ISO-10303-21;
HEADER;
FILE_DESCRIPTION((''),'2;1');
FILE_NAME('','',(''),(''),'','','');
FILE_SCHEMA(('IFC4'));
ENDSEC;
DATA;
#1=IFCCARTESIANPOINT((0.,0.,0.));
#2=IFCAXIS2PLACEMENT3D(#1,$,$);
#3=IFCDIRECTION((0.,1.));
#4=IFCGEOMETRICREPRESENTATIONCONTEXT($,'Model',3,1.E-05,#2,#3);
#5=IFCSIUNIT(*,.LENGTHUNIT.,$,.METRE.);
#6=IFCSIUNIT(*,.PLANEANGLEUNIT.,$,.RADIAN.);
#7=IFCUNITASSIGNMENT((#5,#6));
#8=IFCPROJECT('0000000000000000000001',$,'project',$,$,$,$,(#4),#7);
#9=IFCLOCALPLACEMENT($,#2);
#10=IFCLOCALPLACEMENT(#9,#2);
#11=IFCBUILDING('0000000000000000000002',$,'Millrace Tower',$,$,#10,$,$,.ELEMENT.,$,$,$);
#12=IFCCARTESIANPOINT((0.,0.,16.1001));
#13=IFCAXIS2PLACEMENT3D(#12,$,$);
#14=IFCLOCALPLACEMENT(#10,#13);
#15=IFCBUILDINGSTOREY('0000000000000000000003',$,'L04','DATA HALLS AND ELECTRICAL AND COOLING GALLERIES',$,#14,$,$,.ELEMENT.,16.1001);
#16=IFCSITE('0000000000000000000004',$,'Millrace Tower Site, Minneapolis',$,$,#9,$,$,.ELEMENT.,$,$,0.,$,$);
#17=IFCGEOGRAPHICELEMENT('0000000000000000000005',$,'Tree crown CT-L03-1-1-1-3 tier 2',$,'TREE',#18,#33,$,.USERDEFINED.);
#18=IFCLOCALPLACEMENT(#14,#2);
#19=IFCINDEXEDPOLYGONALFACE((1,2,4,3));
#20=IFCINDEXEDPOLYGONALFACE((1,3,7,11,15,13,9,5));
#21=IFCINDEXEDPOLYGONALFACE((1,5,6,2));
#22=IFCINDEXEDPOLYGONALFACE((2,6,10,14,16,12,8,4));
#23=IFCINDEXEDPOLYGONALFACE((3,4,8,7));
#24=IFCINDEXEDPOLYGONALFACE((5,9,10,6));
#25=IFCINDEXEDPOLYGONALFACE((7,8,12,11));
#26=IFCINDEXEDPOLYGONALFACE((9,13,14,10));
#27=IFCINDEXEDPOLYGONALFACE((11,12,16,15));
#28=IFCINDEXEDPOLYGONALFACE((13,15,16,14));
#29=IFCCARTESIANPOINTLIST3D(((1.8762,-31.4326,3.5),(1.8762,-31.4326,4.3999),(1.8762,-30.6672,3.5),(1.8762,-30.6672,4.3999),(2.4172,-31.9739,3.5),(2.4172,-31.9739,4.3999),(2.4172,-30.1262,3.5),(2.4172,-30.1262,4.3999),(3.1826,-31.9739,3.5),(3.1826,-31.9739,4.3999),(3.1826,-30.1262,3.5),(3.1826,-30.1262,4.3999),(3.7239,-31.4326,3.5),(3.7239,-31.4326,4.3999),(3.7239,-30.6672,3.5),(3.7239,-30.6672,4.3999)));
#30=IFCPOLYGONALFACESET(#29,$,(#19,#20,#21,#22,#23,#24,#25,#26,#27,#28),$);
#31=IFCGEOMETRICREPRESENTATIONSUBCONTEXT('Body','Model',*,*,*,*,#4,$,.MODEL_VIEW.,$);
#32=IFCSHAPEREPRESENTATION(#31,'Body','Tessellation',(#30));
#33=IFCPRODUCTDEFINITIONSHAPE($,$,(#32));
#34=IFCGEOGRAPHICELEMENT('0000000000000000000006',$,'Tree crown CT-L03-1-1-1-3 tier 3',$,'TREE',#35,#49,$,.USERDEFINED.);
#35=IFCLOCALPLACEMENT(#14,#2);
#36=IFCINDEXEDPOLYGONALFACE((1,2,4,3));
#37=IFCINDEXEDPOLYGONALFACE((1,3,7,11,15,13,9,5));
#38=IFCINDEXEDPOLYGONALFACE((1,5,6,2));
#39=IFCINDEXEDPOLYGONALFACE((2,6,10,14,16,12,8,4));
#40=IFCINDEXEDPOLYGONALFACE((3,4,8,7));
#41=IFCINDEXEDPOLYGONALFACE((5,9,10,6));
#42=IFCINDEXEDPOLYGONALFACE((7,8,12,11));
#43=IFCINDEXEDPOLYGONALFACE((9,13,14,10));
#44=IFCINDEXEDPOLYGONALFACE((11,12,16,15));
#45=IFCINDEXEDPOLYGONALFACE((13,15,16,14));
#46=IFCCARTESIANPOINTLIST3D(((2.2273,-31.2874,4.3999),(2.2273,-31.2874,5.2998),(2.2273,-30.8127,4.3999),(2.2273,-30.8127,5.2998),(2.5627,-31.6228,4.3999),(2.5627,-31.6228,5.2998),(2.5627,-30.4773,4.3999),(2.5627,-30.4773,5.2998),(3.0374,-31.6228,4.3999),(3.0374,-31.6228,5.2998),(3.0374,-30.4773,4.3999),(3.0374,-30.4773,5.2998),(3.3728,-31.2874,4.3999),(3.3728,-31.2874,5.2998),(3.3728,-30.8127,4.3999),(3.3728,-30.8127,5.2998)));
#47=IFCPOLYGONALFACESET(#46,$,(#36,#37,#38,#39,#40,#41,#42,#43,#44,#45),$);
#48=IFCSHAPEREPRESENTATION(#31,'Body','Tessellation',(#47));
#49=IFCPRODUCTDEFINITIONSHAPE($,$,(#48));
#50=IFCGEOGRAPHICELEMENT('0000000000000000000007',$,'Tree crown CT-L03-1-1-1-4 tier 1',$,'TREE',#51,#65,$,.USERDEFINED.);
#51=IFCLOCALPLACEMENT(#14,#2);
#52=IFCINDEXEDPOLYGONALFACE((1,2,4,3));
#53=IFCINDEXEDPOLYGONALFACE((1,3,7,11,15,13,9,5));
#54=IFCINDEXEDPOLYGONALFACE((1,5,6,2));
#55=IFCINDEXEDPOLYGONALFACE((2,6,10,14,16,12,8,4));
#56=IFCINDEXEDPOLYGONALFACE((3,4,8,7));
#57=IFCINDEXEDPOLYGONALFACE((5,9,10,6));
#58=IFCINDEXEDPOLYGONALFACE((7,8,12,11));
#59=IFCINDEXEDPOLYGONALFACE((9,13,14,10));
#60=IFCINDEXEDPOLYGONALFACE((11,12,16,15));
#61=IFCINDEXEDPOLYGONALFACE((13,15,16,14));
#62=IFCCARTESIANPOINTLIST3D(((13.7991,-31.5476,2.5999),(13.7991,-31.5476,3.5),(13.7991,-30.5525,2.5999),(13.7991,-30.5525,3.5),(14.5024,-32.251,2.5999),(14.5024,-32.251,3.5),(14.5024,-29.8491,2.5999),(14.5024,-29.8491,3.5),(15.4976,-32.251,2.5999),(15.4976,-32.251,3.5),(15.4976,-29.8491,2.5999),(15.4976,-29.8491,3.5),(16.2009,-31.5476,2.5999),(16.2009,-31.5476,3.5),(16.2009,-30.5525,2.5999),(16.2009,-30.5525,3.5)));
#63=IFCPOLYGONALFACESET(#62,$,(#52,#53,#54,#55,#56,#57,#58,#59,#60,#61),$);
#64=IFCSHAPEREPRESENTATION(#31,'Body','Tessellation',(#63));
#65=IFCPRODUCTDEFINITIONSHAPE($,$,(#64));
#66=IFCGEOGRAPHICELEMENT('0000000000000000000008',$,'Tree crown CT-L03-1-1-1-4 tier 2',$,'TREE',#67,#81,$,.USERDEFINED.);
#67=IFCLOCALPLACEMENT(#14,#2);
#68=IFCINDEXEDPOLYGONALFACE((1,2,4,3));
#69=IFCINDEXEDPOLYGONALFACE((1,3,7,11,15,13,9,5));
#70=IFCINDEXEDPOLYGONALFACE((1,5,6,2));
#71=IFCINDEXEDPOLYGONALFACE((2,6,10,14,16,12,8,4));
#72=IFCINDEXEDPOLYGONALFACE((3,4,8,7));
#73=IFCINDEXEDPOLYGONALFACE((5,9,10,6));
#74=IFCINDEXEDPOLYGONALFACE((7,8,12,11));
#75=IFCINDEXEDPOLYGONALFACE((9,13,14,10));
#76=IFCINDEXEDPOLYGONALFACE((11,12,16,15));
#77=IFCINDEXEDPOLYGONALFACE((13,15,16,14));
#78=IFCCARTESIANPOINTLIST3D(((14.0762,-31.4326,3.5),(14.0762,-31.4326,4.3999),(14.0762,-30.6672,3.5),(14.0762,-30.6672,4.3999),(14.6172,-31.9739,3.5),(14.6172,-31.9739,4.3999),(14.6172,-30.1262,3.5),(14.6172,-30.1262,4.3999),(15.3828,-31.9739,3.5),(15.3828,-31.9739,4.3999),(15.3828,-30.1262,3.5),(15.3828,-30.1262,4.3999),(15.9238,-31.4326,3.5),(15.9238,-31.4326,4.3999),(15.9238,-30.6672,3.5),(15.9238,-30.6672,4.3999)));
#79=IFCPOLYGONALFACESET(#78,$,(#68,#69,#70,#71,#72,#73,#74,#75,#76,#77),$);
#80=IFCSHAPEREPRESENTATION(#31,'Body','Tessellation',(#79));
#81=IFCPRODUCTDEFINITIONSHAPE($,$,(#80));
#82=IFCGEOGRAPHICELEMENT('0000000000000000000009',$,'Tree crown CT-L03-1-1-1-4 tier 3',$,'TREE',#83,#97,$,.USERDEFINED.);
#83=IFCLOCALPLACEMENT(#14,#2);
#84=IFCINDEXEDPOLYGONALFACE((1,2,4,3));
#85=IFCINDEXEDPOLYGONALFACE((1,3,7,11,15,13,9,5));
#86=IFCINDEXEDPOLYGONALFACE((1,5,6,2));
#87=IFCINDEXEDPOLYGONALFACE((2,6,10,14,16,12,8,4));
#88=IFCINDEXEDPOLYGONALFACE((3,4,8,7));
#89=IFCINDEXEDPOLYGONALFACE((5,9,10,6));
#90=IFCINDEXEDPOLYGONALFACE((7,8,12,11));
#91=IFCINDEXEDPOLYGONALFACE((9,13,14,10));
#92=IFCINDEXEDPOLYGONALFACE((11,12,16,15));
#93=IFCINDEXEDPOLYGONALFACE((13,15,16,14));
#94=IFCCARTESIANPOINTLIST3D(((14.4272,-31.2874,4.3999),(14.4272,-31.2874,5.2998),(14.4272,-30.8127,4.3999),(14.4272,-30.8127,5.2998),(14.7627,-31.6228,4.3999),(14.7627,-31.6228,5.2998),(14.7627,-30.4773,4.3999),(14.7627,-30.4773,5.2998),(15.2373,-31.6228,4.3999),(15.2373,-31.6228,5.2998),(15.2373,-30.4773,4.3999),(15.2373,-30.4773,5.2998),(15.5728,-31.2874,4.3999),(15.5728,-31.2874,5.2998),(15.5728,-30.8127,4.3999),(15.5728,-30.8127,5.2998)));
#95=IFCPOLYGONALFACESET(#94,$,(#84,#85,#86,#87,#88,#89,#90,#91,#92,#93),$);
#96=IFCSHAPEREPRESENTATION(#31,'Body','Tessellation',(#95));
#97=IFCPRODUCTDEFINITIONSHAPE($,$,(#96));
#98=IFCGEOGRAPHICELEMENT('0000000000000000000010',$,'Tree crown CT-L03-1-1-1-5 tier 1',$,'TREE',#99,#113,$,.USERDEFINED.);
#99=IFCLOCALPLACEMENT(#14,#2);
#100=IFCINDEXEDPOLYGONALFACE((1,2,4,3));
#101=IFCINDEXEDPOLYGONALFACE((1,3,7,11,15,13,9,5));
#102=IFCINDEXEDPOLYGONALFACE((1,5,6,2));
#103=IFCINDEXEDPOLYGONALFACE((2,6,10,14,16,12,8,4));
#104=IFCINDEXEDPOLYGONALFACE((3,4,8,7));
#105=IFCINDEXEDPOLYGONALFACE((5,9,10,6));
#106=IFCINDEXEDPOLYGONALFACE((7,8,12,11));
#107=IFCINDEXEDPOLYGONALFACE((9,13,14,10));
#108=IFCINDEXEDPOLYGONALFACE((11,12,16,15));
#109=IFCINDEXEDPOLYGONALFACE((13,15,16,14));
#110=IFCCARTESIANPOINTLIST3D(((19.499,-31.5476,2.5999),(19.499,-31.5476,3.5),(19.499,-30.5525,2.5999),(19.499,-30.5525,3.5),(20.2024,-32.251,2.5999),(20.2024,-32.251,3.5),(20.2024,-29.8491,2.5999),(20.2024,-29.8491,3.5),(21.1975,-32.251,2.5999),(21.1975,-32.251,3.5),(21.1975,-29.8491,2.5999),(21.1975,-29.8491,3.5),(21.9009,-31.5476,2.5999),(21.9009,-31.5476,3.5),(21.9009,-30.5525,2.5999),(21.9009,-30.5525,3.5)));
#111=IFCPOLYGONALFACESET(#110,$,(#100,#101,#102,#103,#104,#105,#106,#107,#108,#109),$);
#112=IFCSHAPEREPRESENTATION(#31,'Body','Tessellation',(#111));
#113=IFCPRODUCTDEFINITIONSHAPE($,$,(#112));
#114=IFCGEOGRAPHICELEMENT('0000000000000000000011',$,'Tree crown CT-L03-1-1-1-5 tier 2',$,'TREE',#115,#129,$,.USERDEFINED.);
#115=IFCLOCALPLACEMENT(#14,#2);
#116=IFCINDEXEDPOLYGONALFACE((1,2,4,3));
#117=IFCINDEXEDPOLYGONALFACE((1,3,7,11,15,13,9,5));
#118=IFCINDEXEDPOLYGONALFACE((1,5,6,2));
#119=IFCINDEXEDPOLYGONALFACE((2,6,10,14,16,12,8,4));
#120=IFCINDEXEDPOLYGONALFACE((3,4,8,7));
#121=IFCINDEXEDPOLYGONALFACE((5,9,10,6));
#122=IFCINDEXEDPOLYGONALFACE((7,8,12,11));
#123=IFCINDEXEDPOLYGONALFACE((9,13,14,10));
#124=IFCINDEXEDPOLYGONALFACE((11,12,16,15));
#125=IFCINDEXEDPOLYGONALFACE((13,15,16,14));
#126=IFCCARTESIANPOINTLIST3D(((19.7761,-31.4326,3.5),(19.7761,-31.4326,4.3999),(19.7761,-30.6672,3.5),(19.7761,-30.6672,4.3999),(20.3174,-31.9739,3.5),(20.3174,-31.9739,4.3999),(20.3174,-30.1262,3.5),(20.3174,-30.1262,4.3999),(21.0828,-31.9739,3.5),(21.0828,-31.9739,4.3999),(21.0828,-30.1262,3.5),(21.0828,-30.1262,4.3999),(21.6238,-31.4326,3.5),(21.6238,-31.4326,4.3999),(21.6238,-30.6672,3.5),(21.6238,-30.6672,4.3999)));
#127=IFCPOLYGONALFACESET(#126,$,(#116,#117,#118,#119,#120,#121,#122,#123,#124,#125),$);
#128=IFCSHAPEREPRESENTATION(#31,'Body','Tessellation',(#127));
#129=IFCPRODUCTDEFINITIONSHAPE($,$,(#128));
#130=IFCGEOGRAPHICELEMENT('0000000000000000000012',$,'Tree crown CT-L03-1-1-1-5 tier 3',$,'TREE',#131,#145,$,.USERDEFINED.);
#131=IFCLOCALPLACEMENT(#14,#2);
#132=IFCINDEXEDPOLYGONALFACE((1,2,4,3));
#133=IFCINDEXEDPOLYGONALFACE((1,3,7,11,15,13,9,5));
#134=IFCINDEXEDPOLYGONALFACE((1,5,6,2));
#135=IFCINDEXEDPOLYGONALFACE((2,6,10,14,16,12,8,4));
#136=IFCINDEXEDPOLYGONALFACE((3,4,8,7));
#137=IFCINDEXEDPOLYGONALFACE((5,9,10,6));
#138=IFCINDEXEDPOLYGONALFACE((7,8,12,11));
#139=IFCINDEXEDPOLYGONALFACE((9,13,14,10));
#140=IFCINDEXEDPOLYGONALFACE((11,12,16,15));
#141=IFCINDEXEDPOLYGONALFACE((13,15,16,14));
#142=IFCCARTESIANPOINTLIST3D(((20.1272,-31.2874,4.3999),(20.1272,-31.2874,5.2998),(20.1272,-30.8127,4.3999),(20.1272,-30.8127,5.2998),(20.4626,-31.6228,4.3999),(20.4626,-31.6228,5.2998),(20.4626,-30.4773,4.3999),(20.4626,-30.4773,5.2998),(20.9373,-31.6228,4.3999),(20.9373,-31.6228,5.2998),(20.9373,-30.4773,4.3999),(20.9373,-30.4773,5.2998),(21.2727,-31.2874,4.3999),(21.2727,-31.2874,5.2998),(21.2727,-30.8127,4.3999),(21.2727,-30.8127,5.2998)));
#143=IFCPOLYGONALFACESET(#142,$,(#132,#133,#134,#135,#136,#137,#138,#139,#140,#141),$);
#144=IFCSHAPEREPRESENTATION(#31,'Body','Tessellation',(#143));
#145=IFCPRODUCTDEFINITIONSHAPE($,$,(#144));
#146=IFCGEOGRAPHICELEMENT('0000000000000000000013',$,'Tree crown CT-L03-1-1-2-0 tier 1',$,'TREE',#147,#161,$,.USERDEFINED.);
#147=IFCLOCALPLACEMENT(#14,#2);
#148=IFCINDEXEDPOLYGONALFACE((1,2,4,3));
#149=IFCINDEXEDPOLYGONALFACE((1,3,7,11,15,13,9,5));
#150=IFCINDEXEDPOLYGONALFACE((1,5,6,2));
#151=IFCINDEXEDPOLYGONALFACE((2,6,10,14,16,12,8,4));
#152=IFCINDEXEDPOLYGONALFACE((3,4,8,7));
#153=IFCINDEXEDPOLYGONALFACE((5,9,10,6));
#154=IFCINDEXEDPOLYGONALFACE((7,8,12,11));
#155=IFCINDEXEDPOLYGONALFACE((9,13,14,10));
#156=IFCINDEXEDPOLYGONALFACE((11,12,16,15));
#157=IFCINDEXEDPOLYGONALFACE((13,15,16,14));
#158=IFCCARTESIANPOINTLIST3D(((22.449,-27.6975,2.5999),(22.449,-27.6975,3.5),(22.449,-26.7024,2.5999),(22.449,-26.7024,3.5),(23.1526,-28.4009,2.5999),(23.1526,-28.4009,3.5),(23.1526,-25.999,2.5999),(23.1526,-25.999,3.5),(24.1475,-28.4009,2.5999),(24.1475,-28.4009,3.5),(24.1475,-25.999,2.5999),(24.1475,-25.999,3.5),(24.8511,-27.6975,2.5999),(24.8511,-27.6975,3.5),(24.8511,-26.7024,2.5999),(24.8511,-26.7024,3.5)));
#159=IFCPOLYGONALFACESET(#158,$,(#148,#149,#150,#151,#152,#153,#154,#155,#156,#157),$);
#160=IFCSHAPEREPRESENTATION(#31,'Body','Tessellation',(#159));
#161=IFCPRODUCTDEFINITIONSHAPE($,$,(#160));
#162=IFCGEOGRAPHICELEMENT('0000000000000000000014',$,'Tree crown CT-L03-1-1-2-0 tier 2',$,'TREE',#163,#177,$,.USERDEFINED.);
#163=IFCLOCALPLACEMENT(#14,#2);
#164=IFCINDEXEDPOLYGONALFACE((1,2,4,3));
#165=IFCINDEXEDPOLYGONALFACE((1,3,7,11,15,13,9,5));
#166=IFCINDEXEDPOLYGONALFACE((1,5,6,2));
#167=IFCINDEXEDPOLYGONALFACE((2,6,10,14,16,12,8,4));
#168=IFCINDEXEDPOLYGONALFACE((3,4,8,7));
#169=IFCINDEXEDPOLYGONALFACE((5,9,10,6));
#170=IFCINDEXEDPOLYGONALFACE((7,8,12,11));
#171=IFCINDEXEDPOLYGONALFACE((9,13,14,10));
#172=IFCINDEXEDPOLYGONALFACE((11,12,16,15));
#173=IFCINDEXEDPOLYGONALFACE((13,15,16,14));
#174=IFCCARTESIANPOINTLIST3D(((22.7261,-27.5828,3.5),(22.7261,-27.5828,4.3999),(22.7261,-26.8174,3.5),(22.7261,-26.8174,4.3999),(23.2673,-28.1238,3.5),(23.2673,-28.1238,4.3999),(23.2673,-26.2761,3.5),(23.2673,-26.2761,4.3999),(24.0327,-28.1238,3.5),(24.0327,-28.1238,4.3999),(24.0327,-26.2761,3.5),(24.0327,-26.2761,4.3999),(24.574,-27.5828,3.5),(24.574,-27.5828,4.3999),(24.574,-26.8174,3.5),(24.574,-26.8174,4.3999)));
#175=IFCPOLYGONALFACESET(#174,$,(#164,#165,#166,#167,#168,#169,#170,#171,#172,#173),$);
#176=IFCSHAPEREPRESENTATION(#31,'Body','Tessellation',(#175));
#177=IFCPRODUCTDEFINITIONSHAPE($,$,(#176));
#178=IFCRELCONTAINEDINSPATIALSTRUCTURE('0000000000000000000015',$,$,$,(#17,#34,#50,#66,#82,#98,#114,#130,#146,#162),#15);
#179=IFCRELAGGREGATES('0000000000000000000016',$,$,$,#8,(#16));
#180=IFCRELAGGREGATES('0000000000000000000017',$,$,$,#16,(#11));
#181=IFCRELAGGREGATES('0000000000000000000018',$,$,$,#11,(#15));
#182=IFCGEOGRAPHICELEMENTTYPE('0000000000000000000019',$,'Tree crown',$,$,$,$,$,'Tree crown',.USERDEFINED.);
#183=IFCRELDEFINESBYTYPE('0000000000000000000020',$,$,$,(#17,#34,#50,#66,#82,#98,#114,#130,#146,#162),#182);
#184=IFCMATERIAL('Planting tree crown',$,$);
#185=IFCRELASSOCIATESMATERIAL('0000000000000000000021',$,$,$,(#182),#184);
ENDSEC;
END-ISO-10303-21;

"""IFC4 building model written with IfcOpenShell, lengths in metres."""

from ifc_helpers import new_model, si_unit, direction, frame, origin, place, context, subcontext, project, spatial, polyline, outline, extrude, material, type_object, element, save


model = new_model("IFC4")

# Units and contexts
model_context = context("Model", 3, precision=1e-05, world=origin(), true_north=direction((0.0, 1.0)))
body_context = subcontext(model_context, "Body", "Model", "MODEL_VIEW")
ifc_project = project(units=[si_unit("LENGTHUNIT", "METRE"), si_unit("PLANEANGLEUNIT", "RADIAN")], contexts=[model_context])

# Site, building, storey
site_placement = place(None, origin())
site = spatial("IfcSite", under=ifc_project, at=site_placement, Name="Millrace Tower Site, Minneapolis", CompositionType="ELEMENT", RefElevation=0.0)
building_placement = place(site_placement, origin())
building = spatial("IfcBuilding", under=site, at=building_placement, Name="Millrace Tower", CompositionType="ELEMENT")
storey_placement = place(building_placement, frame((0.0, 0.0, 16.1001)))
storey = spatial("IfcBuildingStorey", under=building, at=storey_placement, Name="L04", Description="DATA HALLS AND ELECTRICAL AND COOLING GALLERIES", CompositionType="ELEMENT", Elevation=16.1001)

# Geographic elements
ifc_material_1 = material(Name="Planting tree crown")
geographic_element_type = type_object("IfcGeographicElementType", Name="Tree crown", ElementType="Tree crown", PredefinedType="USERDEFINED", material=ifc_material_1)
placement_1 = place(storey_placement, frame((0.0, 0.0, 2.5999)))
placement_2 = place(storey_placement, frame((0.0, 0.0, 3.5)))
placement_3 = place(storey_placement, frame((0.0, 0.0, 4.3999)))
element("IfcGeographicElement", 1, at=placement_2, inside=storey, type_object=geographic_element_type, Name="Tree crown CT-L03-1-1-1-3 tier 2", ObjectType="TREE", PredefinedType="USERDEFINED", context=body_context, shape_type="SweptSolid", body=[
    extrude(outline(polyline([(3.7239, -30.6672), (3.1826, -30.1262), (2.4172, -30.1262), (1.8762, -30.6672), (1.8762, -31.4326), (2.4172, -31.9739), (3.1826, -31.9739), (3.7239, -31.4326), (3.7239, -30.6672)])), origin(), (0.0, 0.0, 1.0), 0.8999),
])
element("IfcGeographicElement", 2, at=placement_3, inside=storey, type_object=geographic_element_type, Name="Tree crown CT-L03-1-1-1-3 tier 3", ObjectType="TREE", PredefinedType="USERDEFINED", context=body_context, shape_type="SweptSolid", body=[
    extrude(outline(polyline([(3.3728, -30.8127), (3.0374, -30.4773), (2.5627, -30.4773), (2.2273, -30.8127), (2.2273, -31.2874), (2.5627, -31.6228), (3.0374, -31.6228), (3.3728, -31.2874), (3.3728, -30.8127)])), origin(), (0.0, 0.0, 1.0), 0.8999),
])
element("IfcGeographicElement", 3, at=placement_1, inside=storey, type_object=geographic_element_type, Name="Tree crown CT-L03-1-1-1-4 tier 1", ObjectType="TREE", PredefinedType="USERDEFINED", context=body_context, shape_type="SweptSolid", body=[
    extrude(outline(polyline([(16.2009, -30.5525), (15.4976, -29.8491), (14.5024, -29.8491), (13.7991, -30.5525), (13.7991, -31.5476), (14.5024, -32.251), (15.4976, -32.251), (16.2009, -31.5476), (16.2009, -30.5525)])), origin(), (0.0, 0.0, 1.0), 0.9001),
])
element("IfcGeographicElement", 4, at=placement_2, inside=storey, type_object=geographic_element_type, Name="Tree crown CT-L03-1-1-1-4 tier 2", ObjectType="TREE", PredefinedType="USERDEFINED", context=body_context, shape_type="SweptSolid", body=[
    extrude(outline(polyline([(15.9238, -30.6672), (15.3828, -30.1262), (14.6172, -30.1262), (14.0762, -30.6672), (14.0762, -31.4326), (14.6172, -31.9739), (15.3828, -31.9739), (15.9238, -31.4326), (15.9238, -30.6672)])), origin(), (0.0, 0.0, 1.0), 0.8999),
])
element("IfcGeographicElement", 5, at=placement_3, inside=storey, type_object=geographic_element_type, Name="Tree crown CT-L03-1-1-1-4 tier 3", ObjectType="TREE", PredefinedType="USERDEFINED", context=body_context, shape_type="SweptSolid", body=[
    extrude(outline(polyline([(15.5728, -30.8127), (15.2373, -30.4773), (14.7627, -30.4773), (14.4272, -30.8127), (14.4272, -31.2874), (14.7627, -31.6228), (15.2373, -31.6228), (15.5728, -31.2874), (15.5728, -30.8127)])), origin(), (0.0, 0.0, 1.0), 0.8999),
])
element("IfcGeographicElement", 6, at=placement_1, inside=storey, type_object=geographic_element_type, Name="Tree crown CT-L03-1-1-1-5 tier 1", ObjectType="TREE", PredefinedType="USERDEFINED", context=body_context, shape_type="SweptSolid", body=[
    extrude(outline(polyline([(21.9009, -30.5525), (21.1975, -29.8491), (20.2024, -29.8491), (19.499, -30.5525), (19.499, -31.5476), (20.2024, -32.251), (21.1975, -32.251), (21.9009, -31.5476), (21.9009, -30.5525)])), origin(), (0.0, 0.0, 1.0), 0.9001),
])
element("IfcGeographicElement", 7, at=placement_2, inside=storey, type_object=geographic_element_type, Name="Tree crown CT-L03-1-1-1-5 tier 2", ObjectType="TREE", PredefinedType="USERDEFINED", context=body_context, shape_type="SweptSolid", body=[
    extrude(outline(polyline([(21.6238, -30.6672), (21.0828, -30.1262), (20.3174, -30.1262), (19.7761, -30.6672), (19.7761, -31.4326), (20.3174, -31.9739), (21.0828, -31.9739), (21.6238, -31.4326), (21.6238, -30.6672)])), origin(), (0.0, 0.0, 1.0), 0.8999),
])
element("IfcGeographicElement", 8, at=placement_3, inside=storey, type_object=geographic_element_type, Name="Tree crown CT-L03-1-1-1-5 tier 3", ObjectType="TREE", PredefinedType="USERDEFINED", context=body_context, shape_type="SweptSolid", body=[
    extrude(outline(polyline([(21.2727, -30.8127), (20.9373, -30.4773), (20.4626, -30.4773), (20.1272, -30.8127), (20.1272, -31.2874), (20.4626, -31.6228), (20.9373, -31.6228), (21.2727, -31.2874), (21.2727, -30.8127)])), origin(), (0.0, 0.0, 1.0), 0.8999),
])
element("IfcGeographicElement", 9, at=placement_1, inside=storey, type_object=geographic_element_type, Name="Tree crown CT-L03-1-1-2-0 tier 1", ObjectType="TREE", PredefinedType="USERDEFINED", context=body_context, shape_type="SweptSolid", body=[
    extrude(outline(polyline([(24.8511, -26.7024), (24.1475, -25.999), (23.1526, -25.999), (22.449, -26.7024), (22.449, -27.6975), (23.1526, -28.4009), (24.1475, -28.4009), (24.8511, -27.6975), (24.8511, -26.7024)])), origin(), (0.0, 0.0, 1.0), 0.9001),
])
element("IfcGeographicElement", 10, at=placement_2, inside=storey, type_object=geographic_element_type, Name="Tree crown CT-L03-1-1-2-0 tier 2", ObjectType="TREE", PredefinedType="USERDEFINED", context=body_context, shape_type="SweptSolid", body=[
    extrude(outline(polyline([(24.574, -26.8174), (24.0327, -26.2761), (23.2673, -26.2761), (22.7261, -26.8174), (22.7261, -27.5828), (23.2673, -28.1238), (24.0327, -28.1238), (24.574, -27.5828), (24.574, -26.8174)])), origin(), (0.0, 0.0, 1.0), 0.8999),
])

save(model, "model.ifc")
